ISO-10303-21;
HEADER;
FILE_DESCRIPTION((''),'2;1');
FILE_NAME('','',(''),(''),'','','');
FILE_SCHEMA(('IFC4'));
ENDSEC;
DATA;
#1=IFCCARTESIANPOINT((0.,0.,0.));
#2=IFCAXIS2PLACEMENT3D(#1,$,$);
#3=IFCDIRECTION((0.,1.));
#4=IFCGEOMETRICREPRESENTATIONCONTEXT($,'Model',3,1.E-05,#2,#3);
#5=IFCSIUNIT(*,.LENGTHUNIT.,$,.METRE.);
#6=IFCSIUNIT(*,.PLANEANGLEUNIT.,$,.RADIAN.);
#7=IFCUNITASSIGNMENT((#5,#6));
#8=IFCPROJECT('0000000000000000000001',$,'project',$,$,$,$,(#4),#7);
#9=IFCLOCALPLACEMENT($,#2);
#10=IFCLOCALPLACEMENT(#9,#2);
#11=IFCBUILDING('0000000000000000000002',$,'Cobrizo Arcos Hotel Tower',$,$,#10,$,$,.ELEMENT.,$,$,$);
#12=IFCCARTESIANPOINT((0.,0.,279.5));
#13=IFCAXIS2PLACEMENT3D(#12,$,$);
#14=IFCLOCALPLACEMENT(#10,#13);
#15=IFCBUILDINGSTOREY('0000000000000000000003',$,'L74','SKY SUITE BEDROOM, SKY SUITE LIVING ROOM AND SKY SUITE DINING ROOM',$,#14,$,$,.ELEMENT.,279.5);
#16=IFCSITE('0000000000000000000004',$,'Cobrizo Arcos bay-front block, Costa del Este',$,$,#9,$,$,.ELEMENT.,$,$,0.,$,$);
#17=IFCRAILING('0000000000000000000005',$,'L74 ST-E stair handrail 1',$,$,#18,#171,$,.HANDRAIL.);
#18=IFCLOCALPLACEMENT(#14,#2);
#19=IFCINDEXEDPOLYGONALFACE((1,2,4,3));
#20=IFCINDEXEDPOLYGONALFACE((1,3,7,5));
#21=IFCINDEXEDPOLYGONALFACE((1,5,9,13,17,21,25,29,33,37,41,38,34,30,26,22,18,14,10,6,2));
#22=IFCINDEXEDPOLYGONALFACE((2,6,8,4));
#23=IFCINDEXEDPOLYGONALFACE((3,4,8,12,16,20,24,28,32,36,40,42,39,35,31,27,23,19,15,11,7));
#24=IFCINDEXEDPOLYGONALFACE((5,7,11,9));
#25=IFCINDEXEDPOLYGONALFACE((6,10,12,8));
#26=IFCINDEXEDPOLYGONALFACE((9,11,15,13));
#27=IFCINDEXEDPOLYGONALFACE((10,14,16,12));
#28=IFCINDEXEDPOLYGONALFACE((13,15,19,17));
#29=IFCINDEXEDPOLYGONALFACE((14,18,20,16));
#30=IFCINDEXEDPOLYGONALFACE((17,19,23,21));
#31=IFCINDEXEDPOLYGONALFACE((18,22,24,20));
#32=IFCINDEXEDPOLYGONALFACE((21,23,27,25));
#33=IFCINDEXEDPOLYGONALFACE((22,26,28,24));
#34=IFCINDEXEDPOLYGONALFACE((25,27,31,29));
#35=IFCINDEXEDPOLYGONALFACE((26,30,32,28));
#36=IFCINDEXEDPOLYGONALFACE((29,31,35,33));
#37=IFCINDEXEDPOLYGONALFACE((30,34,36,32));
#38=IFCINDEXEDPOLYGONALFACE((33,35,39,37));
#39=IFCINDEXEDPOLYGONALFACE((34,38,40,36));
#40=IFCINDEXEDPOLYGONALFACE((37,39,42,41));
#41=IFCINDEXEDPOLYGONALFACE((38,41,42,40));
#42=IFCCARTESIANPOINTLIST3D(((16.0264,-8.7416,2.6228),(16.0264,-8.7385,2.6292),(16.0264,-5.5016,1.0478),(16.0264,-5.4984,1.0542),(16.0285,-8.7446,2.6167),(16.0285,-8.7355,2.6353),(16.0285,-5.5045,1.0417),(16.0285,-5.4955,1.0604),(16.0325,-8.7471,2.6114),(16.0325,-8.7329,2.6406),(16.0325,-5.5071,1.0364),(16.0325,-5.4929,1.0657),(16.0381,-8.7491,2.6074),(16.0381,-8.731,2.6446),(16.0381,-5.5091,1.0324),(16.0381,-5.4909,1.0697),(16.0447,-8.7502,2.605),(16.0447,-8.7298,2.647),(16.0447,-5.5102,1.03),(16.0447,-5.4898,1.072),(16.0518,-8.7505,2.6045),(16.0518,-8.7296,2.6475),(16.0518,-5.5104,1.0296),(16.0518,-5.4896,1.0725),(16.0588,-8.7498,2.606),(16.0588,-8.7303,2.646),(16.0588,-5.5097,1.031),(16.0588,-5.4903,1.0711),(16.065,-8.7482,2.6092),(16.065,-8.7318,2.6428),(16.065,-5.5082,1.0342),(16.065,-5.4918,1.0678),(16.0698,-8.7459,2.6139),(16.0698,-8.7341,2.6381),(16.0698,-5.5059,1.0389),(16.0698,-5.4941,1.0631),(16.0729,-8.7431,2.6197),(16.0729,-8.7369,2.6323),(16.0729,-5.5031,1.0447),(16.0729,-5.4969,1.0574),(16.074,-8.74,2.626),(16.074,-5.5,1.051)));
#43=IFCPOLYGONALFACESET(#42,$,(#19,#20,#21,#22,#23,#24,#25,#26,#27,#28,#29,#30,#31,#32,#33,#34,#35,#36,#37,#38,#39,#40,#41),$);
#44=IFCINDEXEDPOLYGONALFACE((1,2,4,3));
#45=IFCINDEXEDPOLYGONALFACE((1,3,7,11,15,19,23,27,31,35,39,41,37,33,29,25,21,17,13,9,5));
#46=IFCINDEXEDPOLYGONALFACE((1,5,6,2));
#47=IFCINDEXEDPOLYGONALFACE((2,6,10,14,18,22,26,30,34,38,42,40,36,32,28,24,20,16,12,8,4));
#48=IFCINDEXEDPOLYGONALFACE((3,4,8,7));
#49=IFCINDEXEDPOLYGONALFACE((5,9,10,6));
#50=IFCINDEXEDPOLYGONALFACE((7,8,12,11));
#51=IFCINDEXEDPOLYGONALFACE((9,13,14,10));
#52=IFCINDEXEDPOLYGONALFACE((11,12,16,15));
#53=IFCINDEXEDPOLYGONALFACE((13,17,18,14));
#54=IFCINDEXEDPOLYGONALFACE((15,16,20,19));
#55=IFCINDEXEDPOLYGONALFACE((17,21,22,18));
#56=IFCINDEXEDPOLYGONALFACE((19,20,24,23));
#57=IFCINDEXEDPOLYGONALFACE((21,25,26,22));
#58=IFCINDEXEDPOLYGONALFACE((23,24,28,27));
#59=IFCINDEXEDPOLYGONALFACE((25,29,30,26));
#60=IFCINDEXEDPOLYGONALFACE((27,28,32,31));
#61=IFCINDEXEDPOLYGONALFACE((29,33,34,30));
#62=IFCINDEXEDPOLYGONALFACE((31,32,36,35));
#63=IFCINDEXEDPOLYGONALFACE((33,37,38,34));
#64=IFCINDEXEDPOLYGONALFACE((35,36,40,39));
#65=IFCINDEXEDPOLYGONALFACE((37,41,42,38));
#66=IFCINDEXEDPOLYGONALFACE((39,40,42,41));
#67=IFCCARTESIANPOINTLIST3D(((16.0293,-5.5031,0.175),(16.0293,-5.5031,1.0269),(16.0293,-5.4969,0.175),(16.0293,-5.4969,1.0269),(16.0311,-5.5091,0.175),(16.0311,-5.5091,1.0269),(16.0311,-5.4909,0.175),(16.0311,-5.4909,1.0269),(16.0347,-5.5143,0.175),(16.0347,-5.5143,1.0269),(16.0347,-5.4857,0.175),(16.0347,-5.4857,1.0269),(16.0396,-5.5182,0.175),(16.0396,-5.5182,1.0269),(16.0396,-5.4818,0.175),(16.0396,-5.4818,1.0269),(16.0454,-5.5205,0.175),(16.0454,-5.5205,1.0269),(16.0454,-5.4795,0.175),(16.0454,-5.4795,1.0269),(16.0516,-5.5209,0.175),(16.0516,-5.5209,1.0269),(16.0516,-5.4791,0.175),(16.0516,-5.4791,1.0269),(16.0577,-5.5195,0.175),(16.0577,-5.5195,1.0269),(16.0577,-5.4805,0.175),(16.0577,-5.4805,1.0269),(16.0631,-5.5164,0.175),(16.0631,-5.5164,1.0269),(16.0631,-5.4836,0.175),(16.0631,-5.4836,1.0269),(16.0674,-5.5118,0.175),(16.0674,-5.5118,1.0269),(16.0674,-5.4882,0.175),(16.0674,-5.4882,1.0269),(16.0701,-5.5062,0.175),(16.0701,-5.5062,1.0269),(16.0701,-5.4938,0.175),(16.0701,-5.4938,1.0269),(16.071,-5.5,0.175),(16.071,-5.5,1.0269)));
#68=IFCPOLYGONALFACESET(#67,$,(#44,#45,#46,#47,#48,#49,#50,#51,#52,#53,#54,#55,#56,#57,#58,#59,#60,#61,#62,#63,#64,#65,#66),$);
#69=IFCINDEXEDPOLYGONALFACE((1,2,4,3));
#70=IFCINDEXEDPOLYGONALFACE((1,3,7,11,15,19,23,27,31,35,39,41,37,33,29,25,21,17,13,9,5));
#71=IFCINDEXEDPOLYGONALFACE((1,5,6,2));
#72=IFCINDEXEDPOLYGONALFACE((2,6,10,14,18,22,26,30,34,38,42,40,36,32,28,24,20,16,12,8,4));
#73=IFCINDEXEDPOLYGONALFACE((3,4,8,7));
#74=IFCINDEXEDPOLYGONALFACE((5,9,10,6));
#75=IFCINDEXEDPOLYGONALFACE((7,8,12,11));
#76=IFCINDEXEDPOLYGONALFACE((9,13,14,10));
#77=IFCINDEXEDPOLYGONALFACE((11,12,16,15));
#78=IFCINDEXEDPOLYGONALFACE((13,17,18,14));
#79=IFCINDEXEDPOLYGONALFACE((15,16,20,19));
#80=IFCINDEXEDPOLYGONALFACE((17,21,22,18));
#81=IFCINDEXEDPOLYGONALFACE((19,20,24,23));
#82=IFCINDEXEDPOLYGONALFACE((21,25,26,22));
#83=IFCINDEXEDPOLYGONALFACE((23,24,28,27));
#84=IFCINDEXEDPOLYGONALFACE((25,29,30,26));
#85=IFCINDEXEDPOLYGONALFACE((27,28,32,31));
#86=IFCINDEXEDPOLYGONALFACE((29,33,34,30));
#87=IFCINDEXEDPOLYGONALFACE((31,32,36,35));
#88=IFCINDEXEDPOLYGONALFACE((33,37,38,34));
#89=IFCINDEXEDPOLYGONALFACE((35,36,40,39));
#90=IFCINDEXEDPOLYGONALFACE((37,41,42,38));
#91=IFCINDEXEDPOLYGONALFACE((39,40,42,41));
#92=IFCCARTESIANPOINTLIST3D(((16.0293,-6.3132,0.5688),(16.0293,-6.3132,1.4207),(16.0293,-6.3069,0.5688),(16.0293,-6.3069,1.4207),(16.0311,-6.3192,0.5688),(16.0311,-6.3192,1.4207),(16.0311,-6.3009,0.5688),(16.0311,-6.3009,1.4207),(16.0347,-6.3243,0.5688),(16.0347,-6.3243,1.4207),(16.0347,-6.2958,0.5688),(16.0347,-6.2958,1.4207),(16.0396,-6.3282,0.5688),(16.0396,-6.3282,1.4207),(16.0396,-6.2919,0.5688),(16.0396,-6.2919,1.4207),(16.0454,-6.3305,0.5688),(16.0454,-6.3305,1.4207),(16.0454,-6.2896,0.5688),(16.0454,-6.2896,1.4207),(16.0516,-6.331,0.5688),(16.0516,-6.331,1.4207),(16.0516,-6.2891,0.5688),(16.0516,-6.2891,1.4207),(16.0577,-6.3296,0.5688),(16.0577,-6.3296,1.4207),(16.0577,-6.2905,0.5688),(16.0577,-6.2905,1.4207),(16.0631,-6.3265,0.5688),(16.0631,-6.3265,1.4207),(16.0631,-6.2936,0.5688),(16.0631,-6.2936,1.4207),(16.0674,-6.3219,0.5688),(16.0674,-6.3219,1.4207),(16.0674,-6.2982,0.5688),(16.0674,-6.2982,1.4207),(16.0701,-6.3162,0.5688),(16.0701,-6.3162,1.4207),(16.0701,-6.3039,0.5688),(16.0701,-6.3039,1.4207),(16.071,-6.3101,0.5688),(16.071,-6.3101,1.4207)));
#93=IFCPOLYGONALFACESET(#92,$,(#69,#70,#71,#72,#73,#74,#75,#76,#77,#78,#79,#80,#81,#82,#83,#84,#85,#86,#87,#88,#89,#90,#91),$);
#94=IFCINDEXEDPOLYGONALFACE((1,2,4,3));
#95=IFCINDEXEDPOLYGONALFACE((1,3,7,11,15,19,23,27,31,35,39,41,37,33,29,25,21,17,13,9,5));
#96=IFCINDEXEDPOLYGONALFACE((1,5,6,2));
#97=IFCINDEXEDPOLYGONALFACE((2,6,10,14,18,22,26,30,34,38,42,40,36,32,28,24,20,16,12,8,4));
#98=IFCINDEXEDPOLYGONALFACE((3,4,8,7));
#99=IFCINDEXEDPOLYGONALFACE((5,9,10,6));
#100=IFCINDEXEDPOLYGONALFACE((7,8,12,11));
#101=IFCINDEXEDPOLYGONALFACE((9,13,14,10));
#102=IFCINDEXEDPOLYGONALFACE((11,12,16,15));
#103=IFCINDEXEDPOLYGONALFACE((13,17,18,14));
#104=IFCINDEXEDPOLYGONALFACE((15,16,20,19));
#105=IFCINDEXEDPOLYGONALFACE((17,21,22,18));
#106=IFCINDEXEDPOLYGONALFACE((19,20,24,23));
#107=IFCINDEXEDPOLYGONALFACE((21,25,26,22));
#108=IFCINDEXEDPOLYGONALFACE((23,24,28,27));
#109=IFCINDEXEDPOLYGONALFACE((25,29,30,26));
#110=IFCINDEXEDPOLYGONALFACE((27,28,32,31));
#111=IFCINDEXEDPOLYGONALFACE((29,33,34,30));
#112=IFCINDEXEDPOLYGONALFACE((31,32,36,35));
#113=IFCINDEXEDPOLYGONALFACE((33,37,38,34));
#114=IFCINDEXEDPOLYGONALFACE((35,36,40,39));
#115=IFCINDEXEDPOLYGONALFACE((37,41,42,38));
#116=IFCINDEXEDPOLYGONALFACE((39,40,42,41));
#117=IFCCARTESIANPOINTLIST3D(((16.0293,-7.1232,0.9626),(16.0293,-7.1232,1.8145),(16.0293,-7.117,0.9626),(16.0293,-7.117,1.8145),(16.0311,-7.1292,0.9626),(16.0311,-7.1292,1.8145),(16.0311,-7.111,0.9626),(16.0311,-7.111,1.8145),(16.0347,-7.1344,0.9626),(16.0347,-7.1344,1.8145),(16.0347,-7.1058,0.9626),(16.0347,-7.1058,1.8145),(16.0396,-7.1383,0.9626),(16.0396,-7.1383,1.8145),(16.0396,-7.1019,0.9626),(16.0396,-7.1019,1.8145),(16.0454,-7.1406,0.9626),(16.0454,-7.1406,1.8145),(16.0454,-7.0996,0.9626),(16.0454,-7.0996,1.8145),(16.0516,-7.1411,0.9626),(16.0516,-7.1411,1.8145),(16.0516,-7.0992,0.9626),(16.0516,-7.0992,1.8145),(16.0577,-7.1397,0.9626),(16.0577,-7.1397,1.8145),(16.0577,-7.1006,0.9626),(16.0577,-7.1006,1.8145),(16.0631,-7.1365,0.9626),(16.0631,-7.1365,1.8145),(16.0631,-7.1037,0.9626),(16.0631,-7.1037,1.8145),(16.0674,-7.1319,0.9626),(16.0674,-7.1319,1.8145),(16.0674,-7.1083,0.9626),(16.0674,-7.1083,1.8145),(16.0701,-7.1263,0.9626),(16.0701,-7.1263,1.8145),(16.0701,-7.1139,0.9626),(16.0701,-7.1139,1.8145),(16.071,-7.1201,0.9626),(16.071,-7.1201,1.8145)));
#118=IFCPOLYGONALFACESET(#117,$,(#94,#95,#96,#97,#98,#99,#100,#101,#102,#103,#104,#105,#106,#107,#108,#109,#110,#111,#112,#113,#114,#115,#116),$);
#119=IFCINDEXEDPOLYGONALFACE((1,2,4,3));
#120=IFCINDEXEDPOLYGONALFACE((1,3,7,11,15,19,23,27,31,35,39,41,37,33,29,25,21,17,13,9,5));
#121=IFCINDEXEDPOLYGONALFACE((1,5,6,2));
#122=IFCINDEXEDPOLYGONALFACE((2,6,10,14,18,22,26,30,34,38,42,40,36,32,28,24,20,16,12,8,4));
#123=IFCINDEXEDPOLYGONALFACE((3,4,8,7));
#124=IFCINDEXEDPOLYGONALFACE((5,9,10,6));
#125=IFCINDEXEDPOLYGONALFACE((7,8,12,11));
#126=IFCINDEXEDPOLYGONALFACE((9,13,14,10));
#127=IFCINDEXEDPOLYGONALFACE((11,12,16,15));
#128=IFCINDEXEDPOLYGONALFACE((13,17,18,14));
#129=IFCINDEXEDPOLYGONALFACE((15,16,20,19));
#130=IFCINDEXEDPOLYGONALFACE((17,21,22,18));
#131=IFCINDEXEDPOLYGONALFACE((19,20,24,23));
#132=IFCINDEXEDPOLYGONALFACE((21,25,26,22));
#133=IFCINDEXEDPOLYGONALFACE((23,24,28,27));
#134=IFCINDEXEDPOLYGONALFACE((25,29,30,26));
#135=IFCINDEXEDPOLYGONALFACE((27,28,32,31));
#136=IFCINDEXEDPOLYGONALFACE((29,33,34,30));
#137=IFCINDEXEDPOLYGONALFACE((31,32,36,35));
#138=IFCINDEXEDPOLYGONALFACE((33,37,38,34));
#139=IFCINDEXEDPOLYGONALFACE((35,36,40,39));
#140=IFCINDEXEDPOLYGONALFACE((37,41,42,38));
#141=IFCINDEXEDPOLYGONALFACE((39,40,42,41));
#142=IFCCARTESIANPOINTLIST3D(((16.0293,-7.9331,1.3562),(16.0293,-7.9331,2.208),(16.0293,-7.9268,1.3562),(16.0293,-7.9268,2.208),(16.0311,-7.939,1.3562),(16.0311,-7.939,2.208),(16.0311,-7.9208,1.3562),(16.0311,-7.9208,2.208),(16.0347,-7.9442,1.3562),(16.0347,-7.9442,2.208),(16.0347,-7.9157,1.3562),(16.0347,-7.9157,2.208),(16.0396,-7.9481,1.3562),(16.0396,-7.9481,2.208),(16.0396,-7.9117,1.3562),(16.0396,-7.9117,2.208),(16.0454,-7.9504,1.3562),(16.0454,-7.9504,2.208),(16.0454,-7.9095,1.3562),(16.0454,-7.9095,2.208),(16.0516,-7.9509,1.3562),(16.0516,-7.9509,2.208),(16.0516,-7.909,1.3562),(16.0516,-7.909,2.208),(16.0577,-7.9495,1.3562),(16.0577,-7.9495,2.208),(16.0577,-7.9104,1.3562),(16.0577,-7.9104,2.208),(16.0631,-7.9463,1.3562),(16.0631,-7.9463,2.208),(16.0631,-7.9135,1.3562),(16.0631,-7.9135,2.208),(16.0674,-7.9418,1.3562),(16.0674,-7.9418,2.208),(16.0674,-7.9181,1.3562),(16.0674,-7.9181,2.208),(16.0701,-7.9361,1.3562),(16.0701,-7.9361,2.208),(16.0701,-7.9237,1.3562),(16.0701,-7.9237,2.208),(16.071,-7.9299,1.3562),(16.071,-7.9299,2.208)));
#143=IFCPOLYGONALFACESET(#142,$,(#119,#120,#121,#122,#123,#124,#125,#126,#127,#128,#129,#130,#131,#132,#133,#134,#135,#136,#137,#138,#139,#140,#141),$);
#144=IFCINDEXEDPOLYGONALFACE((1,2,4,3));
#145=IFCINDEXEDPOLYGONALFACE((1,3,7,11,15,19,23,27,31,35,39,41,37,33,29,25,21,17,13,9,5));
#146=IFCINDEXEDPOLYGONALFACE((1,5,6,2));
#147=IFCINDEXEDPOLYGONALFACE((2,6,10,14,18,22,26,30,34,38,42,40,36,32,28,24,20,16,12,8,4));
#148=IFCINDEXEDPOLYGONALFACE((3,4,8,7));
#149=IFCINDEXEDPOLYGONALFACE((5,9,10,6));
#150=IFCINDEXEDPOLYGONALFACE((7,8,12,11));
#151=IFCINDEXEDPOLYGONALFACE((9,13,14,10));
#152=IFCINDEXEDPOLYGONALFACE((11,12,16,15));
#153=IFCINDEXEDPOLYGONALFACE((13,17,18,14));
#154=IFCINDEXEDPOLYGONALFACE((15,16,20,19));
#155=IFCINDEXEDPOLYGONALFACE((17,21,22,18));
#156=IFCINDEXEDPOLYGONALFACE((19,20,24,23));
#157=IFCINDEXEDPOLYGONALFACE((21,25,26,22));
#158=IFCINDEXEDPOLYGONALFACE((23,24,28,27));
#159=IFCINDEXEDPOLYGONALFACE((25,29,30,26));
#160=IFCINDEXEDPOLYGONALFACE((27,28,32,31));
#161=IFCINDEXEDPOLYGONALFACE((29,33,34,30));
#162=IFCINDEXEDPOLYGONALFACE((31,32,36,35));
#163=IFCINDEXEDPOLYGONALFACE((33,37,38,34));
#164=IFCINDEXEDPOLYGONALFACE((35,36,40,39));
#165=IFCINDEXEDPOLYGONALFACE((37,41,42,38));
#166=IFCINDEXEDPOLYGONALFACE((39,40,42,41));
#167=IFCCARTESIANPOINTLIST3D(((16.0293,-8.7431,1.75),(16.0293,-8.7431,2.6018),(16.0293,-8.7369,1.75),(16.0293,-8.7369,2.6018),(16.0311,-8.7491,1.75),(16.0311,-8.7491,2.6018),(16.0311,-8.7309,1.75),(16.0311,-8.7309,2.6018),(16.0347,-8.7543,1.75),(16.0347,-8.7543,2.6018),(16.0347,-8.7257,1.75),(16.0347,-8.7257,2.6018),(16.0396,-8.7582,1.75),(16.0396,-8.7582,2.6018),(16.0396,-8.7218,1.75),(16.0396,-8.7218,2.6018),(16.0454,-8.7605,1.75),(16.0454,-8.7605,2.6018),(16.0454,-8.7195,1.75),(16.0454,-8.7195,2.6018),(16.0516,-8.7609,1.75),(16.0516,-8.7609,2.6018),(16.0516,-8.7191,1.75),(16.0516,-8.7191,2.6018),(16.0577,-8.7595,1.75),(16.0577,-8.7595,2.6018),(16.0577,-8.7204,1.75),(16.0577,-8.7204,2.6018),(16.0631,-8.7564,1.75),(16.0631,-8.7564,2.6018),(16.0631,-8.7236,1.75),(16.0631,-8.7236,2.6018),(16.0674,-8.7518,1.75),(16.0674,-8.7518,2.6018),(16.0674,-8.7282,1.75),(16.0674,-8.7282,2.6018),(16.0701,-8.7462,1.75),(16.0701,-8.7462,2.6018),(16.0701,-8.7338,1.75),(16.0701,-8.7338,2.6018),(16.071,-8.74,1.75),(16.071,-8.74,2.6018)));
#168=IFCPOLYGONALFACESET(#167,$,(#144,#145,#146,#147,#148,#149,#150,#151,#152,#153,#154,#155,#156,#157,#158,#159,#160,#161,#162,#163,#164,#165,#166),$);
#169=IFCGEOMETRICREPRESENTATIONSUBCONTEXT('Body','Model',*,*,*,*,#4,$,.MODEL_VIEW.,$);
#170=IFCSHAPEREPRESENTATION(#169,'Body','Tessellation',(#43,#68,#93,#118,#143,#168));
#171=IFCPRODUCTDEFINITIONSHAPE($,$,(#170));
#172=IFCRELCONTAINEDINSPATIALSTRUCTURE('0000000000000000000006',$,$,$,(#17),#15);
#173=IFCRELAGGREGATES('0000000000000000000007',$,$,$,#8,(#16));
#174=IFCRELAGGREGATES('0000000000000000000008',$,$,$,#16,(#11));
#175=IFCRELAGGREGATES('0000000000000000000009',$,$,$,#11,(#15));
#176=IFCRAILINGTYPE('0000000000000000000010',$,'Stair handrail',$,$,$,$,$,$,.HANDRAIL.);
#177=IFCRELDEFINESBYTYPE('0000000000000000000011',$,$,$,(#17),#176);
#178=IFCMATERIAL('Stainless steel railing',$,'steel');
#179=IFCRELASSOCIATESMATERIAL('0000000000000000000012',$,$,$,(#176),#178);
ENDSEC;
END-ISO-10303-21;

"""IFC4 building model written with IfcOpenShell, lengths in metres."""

from ifc_helpers import new_model, si_unit, direction, frame, origin, origin_2d, place, context, subcontext, project, spatial, circle, extrude, material, type_object, element, save


model = new_model("IFC4")

# Units and contexts
model_context = context("Model", 3, precision=1e-05, world=origin(), true_north=direction((0.0, 1.0)))
body_context = subcontext(model_context, "Body", "Model", "MODEL_VIEW")
ifc_project = project(units=[si_unit("LENGTHUNIT", "METRE"), si_unit("PLANEANGLEUNIT", "RADIAN")], contexts=[model_context])

# Site, building, storey
site_placement = place(None, origin())
site = spatial("IfcSite", under=ifc_project, at=site_placement, Name="Cobrizo Arcos bay-front block, Costa del Este", CompositionType="ELEMENT", RefElevation=0.0)
building_placement = place(site_placement, origin())
building = spatial("IfcBuilding", under=site, at=building_placement, Name="Cobrizo Arcos Hotel Tower", CompositionType="ELEMENT")
storey_placement = place(building_placement, frame((0.0, 0.0, 279.5)))
storey = spatial("IfcBuildingStorey", under=building, at=storey_placement, Name="L74", Description="SKY SUITE BEDROOM, SKY SUITE LIVING ROOM AND SKY SUITE DINING ROOM", CompositionType="ELEMENT", Elevation=279.5)

# Railing
ifc_material_1 = material(Name="Stainless steel railing", Category="steel")
railing_type_1 = type_object("IfcRailingType", Name="Stair handrail", PredefinedType="HANDRAIL", material=ifc_material_1)
railing_1_placement = place(storey_placement, frame((16.05, -5.5, 0.175)))
element("IfcRailing", 1, at=railing_1_placement, inside=storey, type_object=railing_type_1, Name="L74 ST-E stair handrail 1", PredefinedType="HANDRAIL", context=body_context, shape_type="SweptSolid", body=[
    extrude(circle(Radius=0.0239, at=origin_2d()), frame((0.0, 0.0, 0.876), z_axis=(0.0, -0.899373, 0.437183), x_axis=(1.0, 0.0, 0.0)), (0.0, 0.0, 1.0), 3.6025),
    extrude(circle(Radius=0.021, at=origin_2d()), origin(), (0.0, 0.0, 1.0), 0.8518),
    extrude(circle(Radius=0.021, at=origin_2d()), frame((0.0, -0.8101, 0.3938)), (0.0, 0.0, 1.0), 0.8518),
    extrude(circle(Radius=0.021, at=origin_2d()), frame((0.0, -1.6201, 0.7876)), (0.0, 0.0, 1.0), 0.8518),
    extrude(circle(Radius=0.021, at=origin_2d()), frame((0.0, -2.4299, 1.1812)), (0.0, 0.0, 1.0), 0.8518),
    extrude(circle(Radius=0.021, at=origin_2d()), frame((0.0, -3.24, 1.575)), (0.0, 0.0, 1.0), 0.8518),
])

save(model, "model.ifc")
